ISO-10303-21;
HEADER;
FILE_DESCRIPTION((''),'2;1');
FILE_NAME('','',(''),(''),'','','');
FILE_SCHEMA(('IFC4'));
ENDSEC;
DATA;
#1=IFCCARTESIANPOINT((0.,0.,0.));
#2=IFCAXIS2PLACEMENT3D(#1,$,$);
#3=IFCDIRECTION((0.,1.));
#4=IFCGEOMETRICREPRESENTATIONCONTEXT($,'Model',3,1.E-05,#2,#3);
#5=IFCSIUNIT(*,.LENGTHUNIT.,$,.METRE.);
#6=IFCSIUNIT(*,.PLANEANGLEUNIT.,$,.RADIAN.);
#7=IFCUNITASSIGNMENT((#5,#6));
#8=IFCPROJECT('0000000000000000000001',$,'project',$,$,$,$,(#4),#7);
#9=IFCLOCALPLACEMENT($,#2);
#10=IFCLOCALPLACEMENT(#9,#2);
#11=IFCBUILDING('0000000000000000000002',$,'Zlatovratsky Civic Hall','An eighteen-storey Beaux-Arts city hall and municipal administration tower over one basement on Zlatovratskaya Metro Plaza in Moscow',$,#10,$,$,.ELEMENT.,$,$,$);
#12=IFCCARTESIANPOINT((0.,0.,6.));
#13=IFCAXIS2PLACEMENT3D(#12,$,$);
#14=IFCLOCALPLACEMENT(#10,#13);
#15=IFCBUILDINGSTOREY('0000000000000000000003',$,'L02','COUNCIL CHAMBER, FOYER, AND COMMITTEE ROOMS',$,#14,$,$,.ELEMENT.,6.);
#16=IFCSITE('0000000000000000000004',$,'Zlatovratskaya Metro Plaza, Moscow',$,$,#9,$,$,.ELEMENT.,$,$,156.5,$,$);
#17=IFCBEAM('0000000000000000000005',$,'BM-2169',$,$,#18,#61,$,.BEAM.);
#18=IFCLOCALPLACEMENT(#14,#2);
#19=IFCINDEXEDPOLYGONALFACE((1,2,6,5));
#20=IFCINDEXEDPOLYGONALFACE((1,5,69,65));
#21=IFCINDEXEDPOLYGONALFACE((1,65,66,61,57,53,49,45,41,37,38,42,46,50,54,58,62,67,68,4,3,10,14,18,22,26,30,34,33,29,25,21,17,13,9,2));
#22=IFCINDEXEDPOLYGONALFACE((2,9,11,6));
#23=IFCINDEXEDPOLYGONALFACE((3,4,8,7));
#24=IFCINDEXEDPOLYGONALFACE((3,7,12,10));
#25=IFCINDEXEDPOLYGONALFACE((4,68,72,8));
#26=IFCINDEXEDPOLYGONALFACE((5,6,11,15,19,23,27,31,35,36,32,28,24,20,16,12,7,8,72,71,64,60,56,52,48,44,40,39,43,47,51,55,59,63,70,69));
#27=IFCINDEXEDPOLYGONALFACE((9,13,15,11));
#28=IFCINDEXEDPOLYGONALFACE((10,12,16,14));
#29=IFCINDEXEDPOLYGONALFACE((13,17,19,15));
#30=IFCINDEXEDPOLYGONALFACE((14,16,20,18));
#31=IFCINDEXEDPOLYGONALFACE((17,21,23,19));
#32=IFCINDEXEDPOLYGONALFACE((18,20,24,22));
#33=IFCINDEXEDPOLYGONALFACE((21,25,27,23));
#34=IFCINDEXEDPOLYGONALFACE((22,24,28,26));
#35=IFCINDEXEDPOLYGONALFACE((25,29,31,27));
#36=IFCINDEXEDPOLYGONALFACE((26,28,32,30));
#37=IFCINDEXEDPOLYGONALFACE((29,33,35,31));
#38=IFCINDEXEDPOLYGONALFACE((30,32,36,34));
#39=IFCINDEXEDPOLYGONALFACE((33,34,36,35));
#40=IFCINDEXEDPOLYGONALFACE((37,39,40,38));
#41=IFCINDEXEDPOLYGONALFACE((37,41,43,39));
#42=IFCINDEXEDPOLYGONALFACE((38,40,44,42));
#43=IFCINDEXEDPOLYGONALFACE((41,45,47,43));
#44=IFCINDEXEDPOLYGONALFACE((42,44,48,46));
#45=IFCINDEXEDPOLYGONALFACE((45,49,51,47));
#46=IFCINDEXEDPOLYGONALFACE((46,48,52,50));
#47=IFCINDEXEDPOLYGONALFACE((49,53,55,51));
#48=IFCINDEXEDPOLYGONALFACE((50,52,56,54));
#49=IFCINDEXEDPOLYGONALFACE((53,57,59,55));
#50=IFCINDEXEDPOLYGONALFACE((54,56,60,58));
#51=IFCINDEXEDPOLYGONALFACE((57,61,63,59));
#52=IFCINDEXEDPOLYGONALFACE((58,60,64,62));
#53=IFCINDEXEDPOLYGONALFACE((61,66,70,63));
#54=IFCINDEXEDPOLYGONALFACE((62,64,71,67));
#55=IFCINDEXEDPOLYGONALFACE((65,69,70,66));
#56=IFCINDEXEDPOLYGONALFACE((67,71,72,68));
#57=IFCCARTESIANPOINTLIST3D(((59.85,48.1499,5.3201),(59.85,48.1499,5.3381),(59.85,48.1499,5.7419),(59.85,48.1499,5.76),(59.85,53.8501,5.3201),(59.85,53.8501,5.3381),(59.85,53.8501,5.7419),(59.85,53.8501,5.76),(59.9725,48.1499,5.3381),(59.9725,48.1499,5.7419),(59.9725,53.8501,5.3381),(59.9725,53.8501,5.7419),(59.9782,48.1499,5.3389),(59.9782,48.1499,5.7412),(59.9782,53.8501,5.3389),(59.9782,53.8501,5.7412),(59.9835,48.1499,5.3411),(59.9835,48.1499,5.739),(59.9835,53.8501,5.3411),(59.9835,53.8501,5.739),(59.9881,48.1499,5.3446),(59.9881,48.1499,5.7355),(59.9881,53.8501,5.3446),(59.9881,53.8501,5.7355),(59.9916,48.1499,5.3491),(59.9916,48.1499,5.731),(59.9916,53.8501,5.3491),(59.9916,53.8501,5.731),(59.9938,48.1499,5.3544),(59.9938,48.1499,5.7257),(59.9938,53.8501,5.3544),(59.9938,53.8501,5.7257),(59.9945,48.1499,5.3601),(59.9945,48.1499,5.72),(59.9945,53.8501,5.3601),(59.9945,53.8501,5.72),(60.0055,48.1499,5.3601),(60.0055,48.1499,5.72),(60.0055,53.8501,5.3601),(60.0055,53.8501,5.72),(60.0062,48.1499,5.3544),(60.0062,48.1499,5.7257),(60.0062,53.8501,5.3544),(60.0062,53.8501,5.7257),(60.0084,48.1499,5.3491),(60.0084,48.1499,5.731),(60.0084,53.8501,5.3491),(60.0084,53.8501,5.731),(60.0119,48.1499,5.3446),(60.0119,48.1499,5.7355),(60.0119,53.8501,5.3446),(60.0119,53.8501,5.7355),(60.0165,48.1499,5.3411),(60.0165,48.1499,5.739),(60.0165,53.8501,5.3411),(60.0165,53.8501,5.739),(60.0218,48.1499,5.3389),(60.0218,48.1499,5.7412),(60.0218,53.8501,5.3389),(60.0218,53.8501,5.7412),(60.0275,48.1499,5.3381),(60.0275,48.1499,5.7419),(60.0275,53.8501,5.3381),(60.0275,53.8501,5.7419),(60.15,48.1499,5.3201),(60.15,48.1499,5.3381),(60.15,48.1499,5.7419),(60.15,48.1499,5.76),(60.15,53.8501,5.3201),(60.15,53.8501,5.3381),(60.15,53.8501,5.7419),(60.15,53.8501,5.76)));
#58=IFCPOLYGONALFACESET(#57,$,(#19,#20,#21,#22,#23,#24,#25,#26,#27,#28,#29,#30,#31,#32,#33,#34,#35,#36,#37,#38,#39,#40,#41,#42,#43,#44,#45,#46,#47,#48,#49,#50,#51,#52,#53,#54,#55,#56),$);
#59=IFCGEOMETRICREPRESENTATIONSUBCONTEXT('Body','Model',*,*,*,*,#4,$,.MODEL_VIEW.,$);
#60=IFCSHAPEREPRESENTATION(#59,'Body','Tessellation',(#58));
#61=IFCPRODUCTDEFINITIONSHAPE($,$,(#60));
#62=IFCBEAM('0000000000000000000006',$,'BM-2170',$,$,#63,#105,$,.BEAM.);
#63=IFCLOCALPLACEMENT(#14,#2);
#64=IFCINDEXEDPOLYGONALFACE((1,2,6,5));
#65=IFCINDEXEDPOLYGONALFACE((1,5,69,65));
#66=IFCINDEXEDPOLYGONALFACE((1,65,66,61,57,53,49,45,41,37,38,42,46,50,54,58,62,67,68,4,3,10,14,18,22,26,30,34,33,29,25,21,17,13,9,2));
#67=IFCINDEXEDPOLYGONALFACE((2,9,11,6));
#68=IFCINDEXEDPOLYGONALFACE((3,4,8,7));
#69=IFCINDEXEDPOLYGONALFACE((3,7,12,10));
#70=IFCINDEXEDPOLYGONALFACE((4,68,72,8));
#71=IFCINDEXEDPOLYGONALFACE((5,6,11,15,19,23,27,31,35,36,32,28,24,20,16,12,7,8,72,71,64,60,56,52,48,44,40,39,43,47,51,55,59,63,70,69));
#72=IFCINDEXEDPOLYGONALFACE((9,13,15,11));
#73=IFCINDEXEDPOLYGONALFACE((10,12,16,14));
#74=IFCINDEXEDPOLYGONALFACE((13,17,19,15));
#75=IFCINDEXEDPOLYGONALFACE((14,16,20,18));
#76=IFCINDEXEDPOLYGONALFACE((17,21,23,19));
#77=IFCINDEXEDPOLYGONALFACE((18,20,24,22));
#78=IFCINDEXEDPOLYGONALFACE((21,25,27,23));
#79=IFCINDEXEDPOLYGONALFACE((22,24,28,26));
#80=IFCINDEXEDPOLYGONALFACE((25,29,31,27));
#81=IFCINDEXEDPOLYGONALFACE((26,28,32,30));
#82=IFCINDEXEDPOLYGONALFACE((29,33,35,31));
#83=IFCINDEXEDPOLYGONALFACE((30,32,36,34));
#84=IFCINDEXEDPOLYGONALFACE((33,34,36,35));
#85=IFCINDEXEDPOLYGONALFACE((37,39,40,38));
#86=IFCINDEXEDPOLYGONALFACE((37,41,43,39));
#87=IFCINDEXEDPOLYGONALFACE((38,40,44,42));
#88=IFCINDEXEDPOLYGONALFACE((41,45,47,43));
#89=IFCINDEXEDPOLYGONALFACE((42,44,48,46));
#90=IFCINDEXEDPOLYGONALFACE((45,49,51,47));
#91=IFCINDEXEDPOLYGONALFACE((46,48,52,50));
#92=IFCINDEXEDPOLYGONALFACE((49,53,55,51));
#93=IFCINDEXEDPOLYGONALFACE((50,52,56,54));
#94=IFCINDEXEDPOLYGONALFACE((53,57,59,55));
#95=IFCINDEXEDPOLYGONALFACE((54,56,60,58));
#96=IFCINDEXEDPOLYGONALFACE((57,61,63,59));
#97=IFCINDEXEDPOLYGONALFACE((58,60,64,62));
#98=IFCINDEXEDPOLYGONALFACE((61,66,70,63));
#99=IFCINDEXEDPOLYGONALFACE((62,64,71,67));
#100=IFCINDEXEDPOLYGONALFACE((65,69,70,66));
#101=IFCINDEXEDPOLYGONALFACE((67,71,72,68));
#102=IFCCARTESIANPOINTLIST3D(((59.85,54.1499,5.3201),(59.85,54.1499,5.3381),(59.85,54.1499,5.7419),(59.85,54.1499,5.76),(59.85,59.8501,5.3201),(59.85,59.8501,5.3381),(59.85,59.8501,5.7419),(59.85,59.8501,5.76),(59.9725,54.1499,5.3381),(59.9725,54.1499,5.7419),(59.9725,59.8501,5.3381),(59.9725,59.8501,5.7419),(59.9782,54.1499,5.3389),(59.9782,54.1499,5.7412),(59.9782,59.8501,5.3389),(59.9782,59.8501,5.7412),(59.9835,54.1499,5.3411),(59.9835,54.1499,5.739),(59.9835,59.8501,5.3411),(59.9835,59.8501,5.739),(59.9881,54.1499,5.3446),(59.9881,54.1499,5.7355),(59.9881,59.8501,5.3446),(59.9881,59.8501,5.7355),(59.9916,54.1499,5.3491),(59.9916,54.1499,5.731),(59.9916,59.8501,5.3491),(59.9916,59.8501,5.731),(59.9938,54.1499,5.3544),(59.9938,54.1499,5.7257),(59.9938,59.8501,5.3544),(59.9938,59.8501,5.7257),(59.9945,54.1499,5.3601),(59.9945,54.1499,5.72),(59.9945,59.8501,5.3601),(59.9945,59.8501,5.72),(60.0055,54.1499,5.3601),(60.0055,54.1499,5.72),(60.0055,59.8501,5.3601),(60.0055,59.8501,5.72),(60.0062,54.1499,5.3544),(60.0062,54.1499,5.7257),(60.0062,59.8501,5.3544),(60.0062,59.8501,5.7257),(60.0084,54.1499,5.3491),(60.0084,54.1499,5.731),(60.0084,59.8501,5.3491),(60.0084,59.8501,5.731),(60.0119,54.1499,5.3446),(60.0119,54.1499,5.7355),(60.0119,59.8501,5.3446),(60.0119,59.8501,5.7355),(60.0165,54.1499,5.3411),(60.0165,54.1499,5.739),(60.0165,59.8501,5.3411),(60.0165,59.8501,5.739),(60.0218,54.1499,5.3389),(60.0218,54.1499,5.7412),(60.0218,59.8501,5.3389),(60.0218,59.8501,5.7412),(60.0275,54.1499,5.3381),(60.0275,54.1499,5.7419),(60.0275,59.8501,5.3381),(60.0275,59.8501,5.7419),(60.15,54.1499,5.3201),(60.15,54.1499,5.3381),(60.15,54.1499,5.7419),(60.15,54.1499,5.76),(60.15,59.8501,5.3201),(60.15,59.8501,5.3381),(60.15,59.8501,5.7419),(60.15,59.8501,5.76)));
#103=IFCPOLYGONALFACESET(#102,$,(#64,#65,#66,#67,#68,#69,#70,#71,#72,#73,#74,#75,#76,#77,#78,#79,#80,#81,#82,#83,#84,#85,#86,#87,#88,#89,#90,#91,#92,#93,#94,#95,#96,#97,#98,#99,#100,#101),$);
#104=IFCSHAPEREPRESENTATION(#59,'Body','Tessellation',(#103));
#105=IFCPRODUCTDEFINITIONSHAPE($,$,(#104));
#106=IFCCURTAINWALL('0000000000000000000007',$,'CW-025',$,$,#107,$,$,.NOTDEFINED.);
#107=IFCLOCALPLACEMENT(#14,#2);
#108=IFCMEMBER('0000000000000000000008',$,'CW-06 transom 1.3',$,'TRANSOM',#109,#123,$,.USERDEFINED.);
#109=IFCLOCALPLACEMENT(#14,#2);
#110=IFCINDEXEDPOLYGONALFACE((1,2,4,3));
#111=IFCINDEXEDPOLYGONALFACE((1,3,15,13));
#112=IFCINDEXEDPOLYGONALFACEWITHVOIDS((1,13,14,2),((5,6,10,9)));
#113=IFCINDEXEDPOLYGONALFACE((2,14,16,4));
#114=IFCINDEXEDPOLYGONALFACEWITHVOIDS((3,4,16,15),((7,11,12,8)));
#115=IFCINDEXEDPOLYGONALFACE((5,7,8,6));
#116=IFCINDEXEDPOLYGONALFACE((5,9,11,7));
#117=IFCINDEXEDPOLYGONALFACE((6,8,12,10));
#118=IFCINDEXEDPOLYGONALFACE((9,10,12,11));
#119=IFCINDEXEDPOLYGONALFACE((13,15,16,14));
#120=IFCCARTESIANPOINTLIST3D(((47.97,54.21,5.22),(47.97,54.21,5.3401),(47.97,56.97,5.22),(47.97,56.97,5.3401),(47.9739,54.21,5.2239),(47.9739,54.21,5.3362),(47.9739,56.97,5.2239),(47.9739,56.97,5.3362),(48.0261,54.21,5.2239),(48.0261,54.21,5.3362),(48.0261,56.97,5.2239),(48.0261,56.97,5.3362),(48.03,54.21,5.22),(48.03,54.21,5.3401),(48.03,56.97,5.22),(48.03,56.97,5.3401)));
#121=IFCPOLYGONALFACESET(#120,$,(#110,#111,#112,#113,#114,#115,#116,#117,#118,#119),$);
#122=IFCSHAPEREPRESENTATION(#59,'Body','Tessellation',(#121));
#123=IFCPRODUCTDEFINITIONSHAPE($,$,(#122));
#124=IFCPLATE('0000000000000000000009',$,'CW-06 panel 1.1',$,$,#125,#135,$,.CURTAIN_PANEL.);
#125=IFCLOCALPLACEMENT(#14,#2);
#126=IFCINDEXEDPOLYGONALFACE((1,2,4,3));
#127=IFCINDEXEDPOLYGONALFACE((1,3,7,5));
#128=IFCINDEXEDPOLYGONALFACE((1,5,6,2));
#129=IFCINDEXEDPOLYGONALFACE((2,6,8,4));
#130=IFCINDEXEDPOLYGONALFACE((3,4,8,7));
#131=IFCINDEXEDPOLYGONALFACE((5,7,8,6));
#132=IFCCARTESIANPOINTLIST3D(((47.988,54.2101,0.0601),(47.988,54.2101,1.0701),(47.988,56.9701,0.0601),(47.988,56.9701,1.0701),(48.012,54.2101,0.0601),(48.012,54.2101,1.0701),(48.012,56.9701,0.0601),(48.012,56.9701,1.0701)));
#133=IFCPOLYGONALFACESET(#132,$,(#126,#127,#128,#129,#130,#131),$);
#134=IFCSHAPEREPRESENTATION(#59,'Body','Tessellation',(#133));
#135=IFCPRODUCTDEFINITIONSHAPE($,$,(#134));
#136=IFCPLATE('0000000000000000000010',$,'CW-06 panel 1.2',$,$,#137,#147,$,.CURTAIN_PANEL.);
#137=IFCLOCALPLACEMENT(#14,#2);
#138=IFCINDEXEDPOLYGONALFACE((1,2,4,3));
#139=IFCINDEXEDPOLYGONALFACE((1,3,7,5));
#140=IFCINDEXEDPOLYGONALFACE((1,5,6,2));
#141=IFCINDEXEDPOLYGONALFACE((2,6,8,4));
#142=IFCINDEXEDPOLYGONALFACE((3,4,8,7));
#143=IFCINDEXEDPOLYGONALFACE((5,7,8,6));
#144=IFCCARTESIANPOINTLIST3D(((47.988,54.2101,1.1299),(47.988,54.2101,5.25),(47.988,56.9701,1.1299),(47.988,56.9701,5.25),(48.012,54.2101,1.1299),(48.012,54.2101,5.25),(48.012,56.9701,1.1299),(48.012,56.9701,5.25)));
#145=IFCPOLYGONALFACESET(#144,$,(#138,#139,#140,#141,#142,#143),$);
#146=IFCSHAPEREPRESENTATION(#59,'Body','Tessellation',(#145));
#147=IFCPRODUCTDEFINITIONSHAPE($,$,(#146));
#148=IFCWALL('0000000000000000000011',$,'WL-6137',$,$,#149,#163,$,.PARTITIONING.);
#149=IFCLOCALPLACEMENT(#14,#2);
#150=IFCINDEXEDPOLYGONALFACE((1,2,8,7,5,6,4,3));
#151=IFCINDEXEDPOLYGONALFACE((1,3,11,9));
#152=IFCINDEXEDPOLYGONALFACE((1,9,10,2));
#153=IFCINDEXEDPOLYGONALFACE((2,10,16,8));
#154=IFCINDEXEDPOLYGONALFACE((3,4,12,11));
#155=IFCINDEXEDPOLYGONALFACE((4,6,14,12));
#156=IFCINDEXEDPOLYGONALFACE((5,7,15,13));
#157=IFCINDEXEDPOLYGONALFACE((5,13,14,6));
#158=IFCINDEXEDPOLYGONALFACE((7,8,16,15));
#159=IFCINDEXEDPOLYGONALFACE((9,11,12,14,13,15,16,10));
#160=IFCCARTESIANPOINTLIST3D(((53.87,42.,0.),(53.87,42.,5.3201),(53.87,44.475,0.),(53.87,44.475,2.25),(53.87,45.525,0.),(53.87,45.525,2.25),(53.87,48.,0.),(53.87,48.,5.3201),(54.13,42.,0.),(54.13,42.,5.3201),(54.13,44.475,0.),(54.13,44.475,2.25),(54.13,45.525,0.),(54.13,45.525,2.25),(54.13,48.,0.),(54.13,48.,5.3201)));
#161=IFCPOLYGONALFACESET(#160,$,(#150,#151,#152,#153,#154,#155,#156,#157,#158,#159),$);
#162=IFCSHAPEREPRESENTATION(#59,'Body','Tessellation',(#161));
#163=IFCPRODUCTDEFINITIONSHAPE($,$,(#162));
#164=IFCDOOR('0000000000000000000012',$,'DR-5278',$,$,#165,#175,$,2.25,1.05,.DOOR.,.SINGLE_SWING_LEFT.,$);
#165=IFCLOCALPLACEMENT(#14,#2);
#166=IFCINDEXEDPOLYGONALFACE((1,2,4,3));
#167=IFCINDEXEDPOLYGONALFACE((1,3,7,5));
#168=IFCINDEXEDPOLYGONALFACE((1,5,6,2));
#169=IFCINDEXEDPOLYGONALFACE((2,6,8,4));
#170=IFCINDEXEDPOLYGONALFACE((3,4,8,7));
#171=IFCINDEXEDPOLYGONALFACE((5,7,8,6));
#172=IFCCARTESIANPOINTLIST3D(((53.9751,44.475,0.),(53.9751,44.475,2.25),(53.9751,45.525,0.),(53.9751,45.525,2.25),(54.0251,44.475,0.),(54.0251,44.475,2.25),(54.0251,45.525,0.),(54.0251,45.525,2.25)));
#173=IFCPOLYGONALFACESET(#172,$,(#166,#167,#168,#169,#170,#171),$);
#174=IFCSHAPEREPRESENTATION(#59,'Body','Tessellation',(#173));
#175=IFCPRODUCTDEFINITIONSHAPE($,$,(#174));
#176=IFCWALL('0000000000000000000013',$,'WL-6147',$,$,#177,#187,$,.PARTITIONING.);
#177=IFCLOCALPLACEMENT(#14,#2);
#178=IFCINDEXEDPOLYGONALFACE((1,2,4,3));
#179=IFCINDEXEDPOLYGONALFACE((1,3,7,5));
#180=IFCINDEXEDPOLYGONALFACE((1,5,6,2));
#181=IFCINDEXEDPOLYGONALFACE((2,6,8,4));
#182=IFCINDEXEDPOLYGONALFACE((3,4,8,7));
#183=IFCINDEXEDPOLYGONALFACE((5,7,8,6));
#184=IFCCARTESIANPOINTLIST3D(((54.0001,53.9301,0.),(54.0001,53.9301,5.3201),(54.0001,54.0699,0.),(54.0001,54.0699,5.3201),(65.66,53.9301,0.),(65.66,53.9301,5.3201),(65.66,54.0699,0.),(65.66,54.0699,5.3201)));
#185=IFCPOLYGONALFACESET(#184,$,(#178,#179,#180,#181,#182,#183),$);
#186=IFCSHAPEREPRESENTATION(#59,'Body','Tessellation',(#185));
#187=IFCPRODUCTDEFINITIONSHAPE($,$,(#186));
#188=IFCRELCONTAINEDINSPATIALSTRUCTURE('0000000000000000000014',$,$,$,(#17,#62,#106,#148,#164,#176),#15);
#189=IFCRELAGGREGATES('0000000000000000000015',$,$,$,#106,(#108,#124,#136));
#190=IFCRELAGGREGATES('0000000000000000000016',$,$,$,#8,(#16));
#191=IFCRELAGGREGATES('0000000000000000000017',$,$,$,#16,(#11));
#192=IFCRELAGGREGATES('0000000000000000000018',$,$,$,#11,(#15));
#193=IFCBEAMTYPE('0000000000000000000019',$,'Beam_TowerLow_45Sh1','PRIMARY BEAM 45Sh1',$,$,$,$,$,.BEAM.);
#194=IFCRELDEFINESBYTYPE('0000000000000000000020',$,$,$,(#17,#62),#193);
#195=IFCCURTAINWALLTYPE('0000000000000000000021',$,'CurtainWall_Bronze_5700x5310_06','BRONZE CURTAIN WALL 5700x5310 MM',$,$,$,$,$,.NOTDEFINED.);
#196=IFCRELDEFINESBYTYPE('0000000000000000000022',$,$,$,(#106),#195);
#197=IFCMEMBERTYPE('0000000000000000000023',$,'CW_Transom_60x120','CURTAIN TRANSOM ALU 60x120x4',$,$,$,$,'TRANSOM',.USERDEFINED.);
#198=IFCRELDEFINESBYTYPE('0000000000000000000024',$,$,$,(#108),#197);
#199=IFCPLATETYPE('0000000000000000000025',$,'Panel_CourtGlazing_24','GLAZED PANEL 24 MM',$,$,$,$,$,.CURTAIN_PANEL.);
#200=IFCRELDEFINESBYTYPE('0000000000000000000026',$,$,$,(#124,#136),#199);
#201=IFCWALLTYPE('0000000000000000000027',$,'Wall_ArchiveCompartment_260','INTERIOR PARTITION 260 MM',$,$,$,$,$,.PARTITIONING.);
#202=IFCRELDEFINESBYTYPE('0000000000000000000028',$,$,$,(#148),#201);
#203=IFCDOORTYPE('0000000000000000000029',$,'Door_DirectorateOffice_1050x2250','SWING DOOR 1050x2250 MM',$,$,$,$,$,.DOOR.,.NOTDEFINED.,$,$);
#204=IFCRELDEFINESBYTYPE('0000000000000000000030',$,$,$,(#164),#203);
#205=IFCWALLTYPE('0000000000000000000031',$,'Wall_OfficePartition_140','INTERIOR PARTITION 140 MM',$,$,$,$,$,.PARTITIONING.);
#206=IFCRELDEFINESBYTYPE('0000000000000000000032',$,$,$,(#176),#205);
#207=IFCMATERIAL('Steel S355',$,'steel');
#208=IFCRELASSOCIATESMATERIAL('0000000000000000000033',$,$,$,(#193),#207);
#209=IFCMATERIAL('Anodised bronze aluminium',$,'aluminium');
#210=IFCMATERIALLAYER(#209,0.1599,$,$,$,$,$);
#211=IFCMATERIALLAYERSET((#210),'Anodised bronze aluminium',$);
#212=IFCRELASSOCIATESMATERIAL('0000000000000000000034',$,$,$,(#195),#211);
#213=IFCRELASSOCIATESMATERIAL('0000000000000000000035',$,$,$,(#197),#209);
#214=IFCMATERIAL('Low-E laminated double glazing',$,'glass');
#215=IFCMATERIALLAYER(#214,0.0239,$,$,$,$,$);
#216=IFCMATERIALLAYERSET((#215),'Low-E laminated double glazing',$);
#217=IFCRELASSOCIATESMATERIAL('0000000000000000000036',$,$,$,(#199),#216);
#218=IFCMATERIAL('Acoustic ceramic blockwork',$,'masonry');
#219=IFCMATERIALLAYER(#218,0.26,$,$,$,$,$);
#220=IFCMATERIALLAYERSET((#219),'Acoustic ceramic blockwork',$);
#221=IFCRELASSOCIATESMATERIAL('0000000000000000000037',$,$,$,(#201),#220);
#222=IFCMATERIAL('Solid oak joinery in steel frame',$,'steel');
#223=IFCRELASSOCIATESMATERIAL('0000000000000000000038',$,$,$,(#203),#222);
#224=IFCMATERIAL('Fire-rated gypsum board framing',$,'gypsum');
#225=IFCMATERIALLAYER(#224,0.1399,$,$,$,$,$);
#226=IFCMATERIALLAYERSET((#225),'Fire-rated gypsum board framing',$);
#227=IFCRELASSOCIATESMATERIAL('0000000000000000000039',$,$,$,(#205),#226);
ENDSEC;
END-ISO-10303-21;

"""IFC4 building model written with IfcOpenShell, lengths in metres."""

from ifc_helpers import new_model, si_unit, direction, frame, frame_2d, origin, origin_2d, place, context, subcontext, project, spatial, rectangle, hollow_rectangle, i_section, extrude, material, layer, layer_set, material_profile, profile_set, type_object, element, fill, aggregate, save


model = new_model("IFC4")

# Units and contexts
model_context = context("Model", 3, precision=1e-05, world=origin(), true_north=direction((0.0, 1.0)))
body_context = subcontext(model_context, "Body", "Model", "MODEL_VIEW")
ifc_project = project(units=[si_unit("LENGTHUNIT", "METRE"), si_unit("PLANEANGLEUNIT", "RADIAN")], contexts=[model_context])

# Site, building, storey
site_placement = place(None, origin())
site = spatial("IfcSite", under=ifc_project, at=site_placement, Name="Zlatovratskaya Metro Plaza, Moscow", CompositionType="ELEMENT", RefElevation=156.5)
building_placement = place(site_placement, origin())
building = spatial("IfcBuilding", under=site, at=building_placement, Name="Zlatovratsky Civic Hall", Description="An eighteen-storey Beaux-Arts city hall and municipal administration tower over one basement on Zlatovratskaya Metro Plaza in Moscow", CompositionType="ELEMENT")
storey_placement = place(building_placement, frame((0.0, 0.0, 6.0)))
storey = spatial("IfcBuildingStorey", under=building, at=storey_placement, Name="L02", Description="COUNCIL CHAMBER, FOYER, AND COMMITTEE ROOMS", CompositionType="ELEMENT", Elevation=6.0)

# Shared definitions
ifc_material_1 = material(Name="Steel S355", Category="steel")

# Beams
ifc_material_profile_1 = material_profile(ifc_material_1, i_section(OverallWidth=0.3, OverallDepth=0.4399, WebThickness=0.011, FlangeThickness=0.0181, FilletRadius=0.022, at=origin_2d()), Name="45Sh1")
ifc_profile_set_1 = profile_set([ifc_material_profile_1], Name="Steel S355")
beam_type = type_object("IfcBeamType", Name="Beam_TowerLow_45Sh1", Description="PRIMARY BEAM 45Sh1", PredefinedType="BEAM", material=ifc_profile_set_1)
for number, where, z_axis, x_axis, name in (
    (1, (60.0, 48.1499, 5.54), (0.0, 1.0, 0.0), (-1.0, 0.0, 0.0), "BM-2169"),
    (2, (60.0, 54.1499, 5.54), (0.0, 1.0, 0.0), (-1.0, 0.0, 0.0), "BM-2170"),
):
    element("IfcBeam", number, at=place(storey_placement, frame(where, z_axis=z_axis, x_axis=x_axis)), inside=storey, type_object=beam_type, Name=name, PredefinedType="BEAM", context=body_context, shape_type="SweptSolid", body=[
        extrude(i_section(OverallWidth=0.3, OverallDepth=0.4399, WebThickness=0.011, FlangeThickness=0.0181, FilletRadius=0.022, at=origin_2d()), origin(), (0.0, 0.0, 1.0), 5.7002),
    ])

# Curtain wall, member, plates
ifc_material_2 = material(Name="Anodised bronze aluminium", Category="aluminium")
ifc_layer_1 = layer(ifc_material_2, 0.1599)
ifc_layer_set_1 = layer_set([ifc_layer_1], Name="Anodised bronze aluminium")
curtain_wall_type = type_object("IfcCurtainWallType", Name="CurtainWall_Bronze_5700x5310_06", Description="BRONZE CURTAIN WALL 5700x5310 MM", PredefinedType="NOTDEFINED", material=ifc_layer_set_1)
curtain_wall_placement = place(storey_placement, origin())
curtain_wall = element("IfcCurtainWall", 3, at=curtain_wall_placement, inside=storey, type_object=curtain_wall_type, Name="CW-025", PredefinedType="NOTDEFINED")
ifc_material_profile_2 = material_profile(ifc_material_2, hollow_rectangle(XDim=0.0601, YDim=0.1201, WallThickness=0.0039, at=origin_2d()), Name="ALU 60x120x4")
ifc_profile_set_2 = profile_set([ifc_material_profile_2], Name="Anodised bronze aluminium")
member_type = type_object("IfcMemberType", Name="CW_Transom_60x120", Description="CURTAIN TRANSOM ALU 60x120x4", ElementType="TRANSOM", PredefinedType="USERDEFINED", material=ifc_profile_set_2)
member_placement = place(storey_placement, frame((48.0, 54.21, 5.28), z_axis=(0.0, 1.0, 0.0), x_axis=(-1.0, 0.0, 0.0)))
member = element("IfcMember", 4, at=member_placement, type_object=member_type, Name="CW-06 transom 1.3", ObjectType="TRANSOM", PredefinedType="USERDEFINED", context=body_context, shape_type="SweptSolid", body=[
    extrude(hollow_rectangle(XDim=0.0601, YDim=0.1201, WallThickness=0.0039, at=origin_2d()), origin(), (0.0, 0.0, 1.0), 2.76),
])
ifc_material_3 = material(Name="Low-E laminated double glazing", Category="glass")
ifc_layer_2 = layer(ifc_material_3, 0.0239)
ifc_layer_set_2 = layer_set([ifc_layer_2], Name="Low-E laminated double glazing")
plate_type = type_object("IfcPlateType", Name="Panel_CourtGlazing_24", Description="GLAZED PANEL 24 MM", PredefinedType="CURTAIN_PANEL", material=ifc_layer_set_2)
plate_1_placement = place(storey_placement, frame((48.0, 55.5901, 0.0601), z_axis=(0.0, 0.0, 1.0), x_axis=(0.0, 1.0, 0.0)))
plate_1 = element("IfcPlate", 5, at=plate_1_placement, type_object=plate_type, Name="CW-06 panel 1.1", PredefinedType="CURTAIN_PANEL", context=body_context, shape_type="SweptSolid", body=[
    extrude(rectangle(XDim=2.76, YDim=0.0239, at=origin_2d()), origin(), (0.0, 0.0, 1.0), 1.01),
])
plate_2_placement = place(storey_placement, frame((48.0, 55.5901, 1.1299), z_axis=(0.0, 0.0, 1.0), x_axis=(0.0, 1.0, 0.0)))
plate_2 = element("IfcPlate", 6, at=plate_2_placement, type_object=plate_type, Name="CW-06 panel 1.2", PredefinedType="CURTAIN_PANEL", context=body_context, shape_type="SweptSolid", body=[
    extrude(rectangle(XDim=2.76, YDim=0.0239, at=origin_2d()), origin(), (0.0, 0.0, 1.0), 4.1201),
])
aggregate(curtain_wall, [member, plate_1, plate_2])

# Wall, opening, door
ifc_material_4 = material(Name="Acoustic ceramic blockwork", Category="masonry")
ifc_layer_3 = layer(ifc_material_4, 0.26)
ifc_layer_set_3 = layer_set([ifc_layer_3], Name="Acoustic ceramic blockwork")
wall_type_1 = type_object("IfcWallType", Name="Wall_ArchiveCompartment_260", Description="INTERIOR PARTITION 260 MM", PredefinedType="PARTITIONING", material=ifc_layer_set_3)
wall_1_placement = place(storey_placement, frame((54.0, 42.0, 0.0), z_axis=(0.0, 0.0, 1.0), x_axis=(0.0, 1.0, 0.0)))
wall_1 = element("IfcWall", 7, at=wall_1_placement, inside=storey, type_object=wall_type_1, Name="WL-6137", PredefinedType="PARTITIONING", context=body_context, shape_type="SweptSolid", body=[
    extrude(rectangle(XDim=6.0, YDim=0.26, at=frame_2d((3.0, 0.0))), origin(), (0.0, 0.0, 1.0), 5.3201),
])
opening_placement = place(wall_1_placement, frame((2.4751, 0.0, 0.0)))
opening = element("IfcOpeningElement", 8, at=opening_placement, cuts=wall_1, PredefinedType="OPENING", context=body_context, shape_type="SweptSolid", body=[
    extrude(rectangle(XDim=1.05, YDim=2.25, at=frame_2d((0.5249, 1.125))), frame((0.0, 0.145, 0.0), z_axis=(0.0, -1.0, 0.0), x_axis=(1.0, 0.0, 0.0)), (0.0, 0.0, 1.0), 0.2898),
])
ifc_material_5 = material(Name="Solid oak joinery in steel frame", Category="steel")
door_type = type_object("IfcDoorType", Name="Door_DirectorateOffice_1050x2250", Description="SWING DOOR 1050x2250 MM", OperationType="NOTDEFINED", PredefinedType="DOOR", material=ifc_material_5)
door_placement = place(opening_placement, origin())
door = element("IfcDoor", 9, at=door_placement, inside=storey, type_object=door_type, Name="DR-5278", OperationType="SINGLE_SWING_LEFT", OverallHeight=2.25, OverallWidth=1.05, PredefinedType="DOOR", context=body_context, shape_type="SweptSolid", body=[
    extrude(rectangle(XDim=1.05, YDim=2.25, at=frame_2d((0.5249, 1.125))), frame((0.0, 0.0249, 0.0), z_axis=(0.0, -1.0, 0.0), x_axis=(1.0, 0.0, 0.0)), (0.0, 0.0, 1.0), 0.05),
])
fill(opening, door)

# Wall
ifc_material_6 = material(Name="Fire-rated gypsum board framing", Category="gypsum")
ifc_layer_4 = layer(ifc_material_6, 0.1399)
ifc_layer_set_4 = layer_set([ifc_layer_4], Name="Fire-rated gypsum board framing")
wall_type_2 = type_object("IfcWallType", Name="Wall_OfficePartition_140", Description="INTERIOR PARTITION 140 MM", PredefinedType="PARTITIONING", material=ifc_layer_set_4)
wall_2_placement = place(storey_placement, frame((54.0, 54.0, 0.0), z_axis=(0.0, 0.0, 1.0), x_axis=(1.0, 0.0, 0.0)))
element("IfcWall", 10, at=wall_2_placement, inside=storey, type_object=wall_type_2, Name="WL-6147", PredefinedType="PARTITIONING", context=body_context, shape_type="SweptSolid", body=[
    extrude(rectangle(XDim=11.6599, YDim=0.1399, at=frame_2d((5.8301, 0.0))), origin(), (0.0, 0.0, 1.0), 5.3201),
])

save(model, "model.ifc")
